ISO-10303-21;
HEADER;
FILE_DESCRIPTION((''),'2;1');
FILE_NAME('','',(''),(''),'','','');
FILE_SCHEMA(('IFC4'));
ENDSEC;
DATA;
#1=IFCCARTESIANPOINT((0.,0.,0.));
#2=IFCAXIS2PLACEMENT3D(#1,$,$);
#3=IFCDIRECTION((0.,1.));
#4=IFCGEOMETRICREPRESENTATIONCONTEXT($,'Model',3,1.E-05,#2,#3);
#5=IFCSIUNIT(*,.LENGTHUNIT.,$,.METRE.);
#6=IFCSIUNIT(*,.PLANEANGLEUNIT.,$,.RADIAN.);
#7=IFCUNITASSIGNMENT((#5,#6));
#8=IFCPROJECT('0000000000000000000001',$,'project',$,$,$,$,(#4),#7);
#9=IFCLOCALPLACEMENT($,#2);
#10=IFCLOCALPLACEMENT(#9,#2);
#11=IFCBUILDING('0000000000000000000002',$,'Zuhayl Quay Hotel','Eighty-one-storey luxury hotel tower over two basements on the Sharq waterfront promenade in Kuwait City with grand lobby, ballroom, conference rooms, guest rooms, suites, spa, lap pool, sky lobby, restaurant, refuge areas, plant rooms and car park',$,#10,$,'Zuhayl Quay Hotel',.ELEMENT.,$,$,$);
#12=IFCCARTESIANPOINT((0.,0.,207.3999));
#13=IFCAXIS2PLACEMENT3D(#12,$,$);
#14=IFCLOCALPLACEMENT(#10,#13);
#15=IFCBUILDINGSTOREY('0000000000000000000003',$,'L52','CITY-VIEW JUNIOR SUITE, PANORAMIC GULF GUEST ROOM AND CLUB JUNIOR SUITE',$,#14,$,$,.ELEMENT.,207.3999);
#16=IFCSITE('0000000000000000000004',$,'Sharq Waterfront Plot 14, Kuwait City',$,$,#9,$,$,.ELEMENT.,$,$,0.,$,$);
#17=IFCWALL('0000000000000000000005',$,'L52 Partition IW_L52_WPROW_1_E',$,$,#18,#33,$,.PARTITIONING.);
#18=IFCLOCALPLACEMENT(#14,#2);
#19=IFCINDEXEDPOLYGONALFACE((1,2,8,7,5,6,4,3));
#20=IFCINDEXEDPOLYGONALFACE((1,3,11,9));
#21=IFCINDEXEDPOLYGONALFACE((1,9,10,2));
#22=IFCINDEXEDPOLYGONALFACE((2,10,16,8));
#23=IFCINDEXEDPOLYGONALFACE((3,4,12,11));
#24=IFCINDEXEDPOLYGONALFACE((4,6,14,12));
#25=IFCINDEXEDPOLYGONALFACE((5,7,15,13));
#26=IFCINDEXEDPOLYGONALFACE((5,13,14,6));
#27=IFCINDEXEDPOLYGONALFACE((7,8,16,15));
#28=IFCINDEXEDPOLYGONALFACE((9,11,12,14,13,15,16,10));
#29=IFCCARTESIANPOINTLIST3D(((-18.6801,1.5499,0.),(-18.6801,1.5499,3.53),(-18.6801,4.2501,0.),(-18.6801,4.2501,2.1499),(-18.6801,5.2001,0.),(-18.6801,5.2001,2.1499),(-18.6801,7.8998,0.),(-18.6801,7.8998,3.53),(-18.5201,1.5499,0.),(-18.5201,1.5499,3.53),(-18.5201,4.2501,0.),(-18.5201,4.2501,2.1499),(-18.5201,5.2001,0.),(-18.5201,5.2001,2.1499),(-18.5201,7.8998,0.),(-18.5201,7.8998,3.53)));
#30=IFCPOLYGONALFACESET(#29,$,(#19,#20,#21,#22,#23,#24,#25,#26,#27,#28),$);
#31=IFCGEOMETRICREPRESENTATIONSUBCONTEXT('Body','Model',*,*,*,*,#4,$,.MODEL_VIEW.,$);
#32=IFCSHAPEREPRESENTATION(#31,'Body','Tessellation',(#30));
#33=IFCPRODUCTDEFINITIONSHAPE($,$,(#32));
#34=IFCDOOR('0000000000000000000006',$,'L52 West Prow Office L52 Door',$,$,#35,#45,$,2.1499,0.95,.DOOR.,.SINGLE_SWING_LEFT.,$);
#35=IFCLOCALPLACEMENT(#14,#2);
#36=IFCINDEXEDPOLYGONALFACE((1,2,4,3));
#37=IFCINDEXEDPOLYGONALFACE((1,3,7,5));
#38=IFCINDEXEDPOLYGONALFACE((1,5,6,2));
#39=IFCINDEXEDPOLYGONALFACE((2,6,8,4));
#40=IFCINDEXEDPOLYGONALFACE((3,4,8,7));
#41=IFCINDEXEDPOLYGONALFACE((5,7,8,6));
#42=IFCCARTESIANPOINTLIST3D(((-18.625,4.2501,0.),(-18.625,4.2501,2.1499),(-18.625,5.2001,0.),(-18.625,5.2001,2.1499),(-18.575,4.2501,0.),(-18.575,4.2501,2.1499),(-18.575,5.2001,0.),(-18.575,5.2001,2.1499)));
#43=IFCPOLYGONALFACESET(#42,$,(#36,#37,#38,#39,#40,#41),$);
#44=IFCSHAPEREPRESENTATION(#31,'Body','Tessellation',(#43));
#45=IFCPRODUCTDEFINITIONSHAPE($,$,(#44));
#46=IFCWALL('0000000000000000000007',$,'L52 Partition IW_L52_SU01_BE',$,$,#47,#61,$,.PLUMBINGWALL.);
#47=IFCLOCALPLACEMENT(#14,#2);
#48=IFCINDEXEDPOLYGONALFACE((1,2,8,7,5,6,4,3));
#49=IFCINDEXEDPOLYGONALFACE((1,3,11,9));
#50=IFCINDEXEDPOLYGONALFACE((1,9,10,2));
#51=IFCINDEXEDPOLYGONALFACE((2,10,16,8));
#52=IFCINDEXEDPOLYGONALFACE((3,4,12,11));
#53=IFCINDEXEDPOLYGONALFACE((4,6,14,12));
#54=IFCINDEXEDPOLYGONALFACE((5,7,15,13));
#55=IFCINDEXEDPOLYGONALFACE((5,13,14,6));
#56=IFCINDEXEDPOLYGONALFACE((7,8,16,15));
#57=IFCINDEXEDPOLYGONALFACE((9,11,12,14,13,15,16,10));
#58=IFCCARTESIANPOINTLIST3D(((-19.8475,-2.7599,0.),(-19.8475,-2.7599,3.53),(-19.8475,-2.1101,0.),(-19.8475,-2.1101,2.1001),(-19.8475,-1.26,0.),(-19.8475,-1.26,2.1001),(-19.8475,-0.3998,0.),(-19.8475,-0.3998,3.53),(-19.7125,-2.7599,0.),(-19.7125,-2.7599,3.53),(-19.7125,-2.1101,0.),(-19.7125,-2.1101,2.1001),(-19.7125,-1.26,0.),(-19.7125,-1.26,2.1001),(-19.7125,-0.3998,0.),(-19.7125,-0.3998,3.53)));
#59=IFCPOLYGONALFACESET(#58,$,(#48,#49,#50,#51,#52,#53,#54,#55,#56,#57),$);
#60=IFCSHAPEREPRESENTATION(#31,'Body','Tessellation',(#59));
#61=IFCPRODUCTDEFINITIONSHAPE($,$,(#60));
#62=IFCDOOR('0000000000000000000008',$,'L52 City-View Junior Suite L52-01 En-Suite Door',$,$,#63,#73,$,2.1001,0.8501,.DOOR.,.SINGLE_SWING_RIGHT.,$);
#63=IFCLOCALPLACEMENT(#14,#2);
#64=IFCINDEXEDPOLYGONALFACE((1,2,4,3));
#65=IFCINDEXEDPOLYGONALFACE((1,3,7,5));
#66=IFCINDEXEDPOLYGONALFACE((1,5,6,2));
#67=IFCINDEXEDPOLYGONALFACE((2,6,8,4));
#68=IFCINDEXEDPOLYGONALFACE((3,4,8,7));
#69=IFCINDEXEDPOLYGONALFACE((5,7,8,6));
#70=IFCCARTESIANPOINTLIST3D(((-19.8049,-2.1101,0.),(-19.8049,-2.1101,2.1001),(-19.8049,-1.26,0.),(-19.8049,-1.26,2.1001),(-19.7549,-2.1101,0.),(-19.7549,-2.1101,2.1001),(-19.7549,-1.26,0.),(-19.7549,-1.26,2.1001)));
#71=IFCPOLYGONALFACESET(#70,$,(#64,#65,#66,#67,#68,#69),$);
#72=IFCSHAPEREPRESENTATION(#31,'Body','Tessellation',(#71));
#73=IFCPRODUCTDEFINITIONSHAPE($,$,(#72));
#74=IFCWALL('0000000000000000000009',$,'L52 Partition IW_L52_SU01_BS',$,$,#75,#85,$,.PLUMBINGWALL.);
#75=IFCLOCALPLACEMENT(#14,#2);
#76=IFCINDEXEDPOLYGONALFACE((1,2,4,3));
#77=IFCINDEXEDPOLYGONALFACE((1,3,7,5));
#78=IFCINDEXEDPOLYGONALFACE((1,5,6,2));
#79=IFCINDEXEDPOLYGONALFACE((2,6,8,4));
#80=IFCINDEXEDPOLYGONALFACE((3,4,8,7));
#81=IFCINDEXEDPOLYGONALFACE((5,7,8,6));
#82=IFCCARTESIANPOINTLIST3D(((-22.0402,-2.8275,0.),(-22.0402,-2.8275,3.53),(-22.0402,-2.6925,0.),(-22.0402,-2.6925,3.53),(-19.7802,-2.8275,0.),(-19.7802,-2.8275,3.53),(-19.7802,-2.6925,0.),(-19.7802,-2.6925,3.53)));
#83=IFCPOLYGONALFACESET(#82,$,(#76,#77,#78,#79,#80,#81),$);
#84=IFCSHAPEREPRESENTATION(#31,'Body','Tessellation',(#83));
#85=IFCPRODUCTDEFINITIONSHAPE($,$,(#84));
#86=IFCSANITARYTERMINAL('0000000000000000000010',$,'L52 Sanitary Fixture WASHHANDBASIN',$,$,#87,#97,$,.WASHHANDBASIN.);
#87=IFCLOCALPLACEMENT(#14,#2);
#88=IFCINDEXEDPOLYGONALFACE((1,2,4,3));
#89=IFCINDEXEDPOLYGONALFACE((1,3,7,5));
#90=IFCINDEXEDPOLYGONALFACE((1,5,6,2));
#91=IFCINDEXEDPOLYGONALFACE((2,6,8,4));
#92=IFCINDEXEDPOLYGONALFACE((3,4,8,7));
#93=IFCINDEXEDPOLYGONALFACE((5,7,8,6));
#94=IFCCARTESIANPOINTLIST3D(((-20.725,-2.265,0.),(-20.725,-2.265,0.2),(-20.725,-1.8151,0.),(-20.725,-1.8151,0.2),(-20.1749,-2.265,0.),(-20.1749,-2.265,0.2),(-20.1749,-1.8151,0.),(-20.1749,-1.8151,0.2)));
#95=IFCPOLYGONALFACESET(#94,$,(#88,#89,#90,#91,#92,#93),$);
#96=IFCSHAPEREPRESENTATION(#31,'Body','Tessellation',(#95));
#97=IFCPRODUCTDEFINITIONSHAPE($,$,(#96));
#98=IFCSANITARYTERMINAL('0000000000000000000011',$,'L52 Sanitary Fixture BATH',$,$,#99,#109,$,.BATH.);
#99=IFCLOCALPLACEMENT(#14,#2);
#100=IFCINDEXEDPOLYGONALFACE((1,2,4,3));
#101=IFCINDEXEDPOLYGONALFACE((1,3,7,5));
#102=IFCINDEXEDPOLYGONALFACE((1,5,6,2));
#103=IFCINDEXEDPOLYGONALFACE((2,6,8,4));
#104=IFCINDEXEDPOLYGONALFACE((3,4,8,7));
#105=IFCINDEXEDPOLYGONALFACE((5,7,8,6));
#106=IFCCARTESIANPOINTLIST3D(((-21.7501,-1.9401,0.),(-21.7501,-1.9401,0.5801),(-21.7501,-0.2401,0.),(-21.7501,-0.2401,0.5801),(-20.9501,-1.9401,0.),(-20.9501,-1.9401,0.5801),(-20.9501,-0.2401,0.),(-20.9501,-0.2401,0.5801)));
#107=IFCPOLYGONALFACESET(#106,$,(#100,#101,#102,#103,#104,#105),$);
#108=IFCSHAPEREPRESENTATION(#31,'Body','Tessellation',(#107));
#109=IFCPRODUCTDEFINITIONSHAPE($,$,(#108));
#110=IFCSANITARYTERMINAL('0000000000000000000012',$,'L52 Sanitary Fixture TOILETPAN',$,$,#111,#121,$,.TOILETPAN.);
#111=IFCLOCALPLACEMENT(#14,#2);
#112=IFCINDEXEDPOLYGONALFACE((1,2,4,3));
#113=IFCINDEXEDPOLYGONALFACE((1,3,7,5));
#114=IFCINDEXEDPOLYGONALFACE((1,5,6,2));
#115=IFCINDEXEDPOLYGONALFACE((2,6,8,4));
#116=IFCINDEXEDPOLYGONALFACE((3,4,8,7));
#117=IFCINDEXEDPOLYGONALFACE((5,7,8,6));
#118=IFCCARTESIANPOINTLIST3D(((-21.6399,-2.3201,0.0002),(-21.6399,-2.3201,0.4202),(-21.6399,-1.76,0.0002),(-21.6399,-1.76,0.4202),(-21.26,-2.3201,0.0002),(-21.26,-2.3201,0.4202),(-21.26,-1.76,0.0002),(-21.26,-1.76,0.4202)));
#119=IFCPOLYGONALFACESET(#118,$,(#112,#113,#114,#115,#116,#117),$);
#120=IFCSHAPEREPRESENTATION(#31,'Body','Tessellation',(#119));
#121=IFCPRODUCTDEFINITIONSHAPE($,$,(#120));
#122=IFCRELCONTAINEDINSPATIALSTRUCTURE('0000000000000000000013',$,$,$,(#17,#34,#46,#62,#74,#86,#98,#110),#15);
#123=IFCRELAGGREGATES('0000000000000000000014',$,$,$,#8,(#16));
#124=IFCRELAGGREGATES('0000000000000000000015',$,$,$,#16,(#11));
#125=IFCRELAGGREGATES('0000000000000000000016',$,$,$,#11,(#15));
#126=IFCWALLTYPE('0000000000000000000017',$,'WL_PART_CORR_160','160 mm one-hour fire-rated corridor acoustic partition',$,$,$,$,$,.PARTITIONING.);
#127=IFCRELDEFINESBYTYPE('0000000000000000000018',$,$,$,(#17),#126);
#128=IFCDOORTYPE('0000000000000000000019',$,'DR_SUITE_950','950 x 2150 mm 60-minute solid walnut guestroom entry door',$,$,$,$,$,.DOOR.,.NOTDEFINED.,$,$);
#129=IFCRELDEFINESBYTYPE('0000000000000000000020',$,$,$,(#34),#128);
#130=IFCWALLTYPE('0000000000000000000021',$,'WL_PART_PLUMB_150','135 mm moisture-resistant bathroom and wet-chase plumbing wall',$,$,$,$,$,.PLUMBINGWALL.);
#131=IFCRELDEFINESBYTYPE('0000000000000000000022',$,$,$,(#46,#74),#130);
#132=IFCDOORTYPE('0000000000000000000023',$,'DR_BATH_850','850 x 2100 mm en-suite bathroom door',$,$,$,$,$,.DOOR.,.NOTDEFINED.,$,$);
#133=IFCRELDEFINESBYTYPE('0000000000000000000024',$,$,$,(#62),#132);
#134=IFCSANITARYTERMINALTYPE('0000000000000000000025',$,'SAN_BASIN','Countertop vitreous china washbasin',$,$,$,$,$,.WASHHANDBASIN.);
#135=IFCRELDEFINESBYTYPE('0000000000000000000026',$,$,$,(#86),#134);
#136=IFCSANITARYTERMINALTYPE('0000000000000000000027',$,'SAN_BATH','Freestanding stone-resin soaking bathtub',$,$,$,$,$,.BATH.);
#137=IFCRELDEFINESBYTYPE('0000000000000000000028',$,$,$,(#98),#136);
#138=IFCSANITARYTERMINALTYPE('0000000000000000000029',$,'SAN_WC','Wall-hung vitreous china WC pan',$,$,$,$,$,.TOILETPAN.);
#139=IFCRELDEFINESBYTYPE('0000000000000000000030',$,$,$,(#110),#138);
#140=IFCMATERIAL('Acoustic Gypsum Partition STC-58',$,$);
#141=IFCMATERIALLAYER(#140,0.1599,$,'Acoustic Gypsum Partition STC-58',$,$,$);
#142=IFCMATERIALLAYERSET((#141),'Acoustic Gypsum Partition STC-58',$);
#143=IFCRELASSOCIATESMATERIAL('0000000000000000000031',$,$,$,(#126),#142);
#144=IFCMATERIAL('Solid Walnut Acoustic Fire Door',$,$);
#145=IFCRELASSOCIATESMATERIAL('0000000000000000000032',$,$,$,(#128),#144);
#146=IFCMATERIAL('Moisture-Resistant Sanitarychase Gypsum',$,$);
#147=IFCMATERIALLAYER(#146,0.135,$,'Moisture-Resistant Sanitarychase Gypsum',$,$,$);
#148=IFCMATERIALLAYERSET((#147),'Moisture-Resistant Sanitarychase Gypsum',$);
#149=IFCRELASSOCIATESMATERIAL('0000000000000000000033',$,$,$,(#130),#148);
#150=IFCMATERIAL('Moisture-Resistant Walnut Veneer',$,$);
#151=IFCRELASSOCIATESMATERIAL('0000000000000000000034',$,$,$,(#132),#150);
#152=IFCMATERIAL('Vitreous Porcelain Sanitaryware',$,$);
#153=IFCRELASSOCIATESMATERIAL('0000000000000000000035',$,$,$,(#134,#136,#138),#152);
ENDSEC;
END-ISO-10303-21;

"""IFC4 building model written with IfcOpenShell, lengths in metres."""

from ifc_helpers import new_model, si_unit, direction, frame, frame_2d, origin, origin_2d, place, context, subcontext, project, spatial, rectangle, extrude, material, layer, layer_set, type_object, element, fill, save


model = new_model("IFC4")

# Units and contexts
model_context = context("Model", 3, precision=1e-05, world=origin(), true_north=direction((0.0, 1.0)))
body_context = subcontext(model_context, "Body", "Model", "MODEL_VIEW")
ifc_project = project(units=[si_unit("LENGTHUNIT", "METRE"), si_unit("PLANEANGLEUNIT", "RADIAN")], contexts=[model_context])

# Site, building, storey
site_placement = place(None, origin())
site = spatial("IfcSite", under=ifc_project, at=site_placement, Name="Sharq Waterfront Plot 14, Kuwait City", CompositionType="ELEMENT", RefElevation=0.0)
building_placement = place(site_placement, origin())
building = spatial("IfcBuilding", under=site, at=building_placement, Name="Zuhayl Quay Hotel", Description="Eighty-one-storey luxury hotel tower over two basements on the Sharq waterfront promenade in Kuwait City with grand lobby, ballroom, conference rooms, guest rooms, suites, spa, lap pool, sky lobby, restaurant, refuge areas, plant rooms and car park", LongName="Zuhayl Quay Hotel", CompositionType="ELEMENT")
storey_placement = place(building_placement, frame((0.0, 0.0, 207.3999)))
storey = spatial("IfcBuildingStorey", under=building, at=storey_placement, Name="L52", Description="CITY-VIEW JUNIOR SUITE, PANORAMIC GULF GUEST ROOM AND CLUB JUNIOR SUITE", CompositionType="ELEMENT", Elevation=207.3999)

# Shared definitions
ifc_material_1 = material(Name="Acoustic Gypsum Partition STC-58")

# Walls, openings, doors
ifc_layer_1 = layer(ifc_material_1, 0.1599, Name="Acoustic Gypsum Partition STC-58")
ifc_layer_set_1 = layer_set([ifc_layer_1], Name="Acoustic Gypsum Partition STC-58")
wall_type_1 = type_object("IfcWallType", Name="WL_PART_CORR_160", Description="160 mm one-hour fire-rated corridor acoustic partition", PredefinedType="PARTITIONING", material=ifc_layer_set_1)
ifc_material_2 = material(Name="Solid Walnut Acoustic Fire Door")
wall_1_placement = place(storey_placement, frame((-18.6001, 1.55, 0.0), z_axis=(0.0, 0.0, 1.0), x_axis=(0.0, 1.0, 0.0)))
wall_1 = element("IfcWall", 1, at=wall_1_placement, inside=storey, type_object=wall_type_1, Name="L52 Partition IW_L52_WPROW_1_E", PredefinedType="PARTITIONING", context=body_context, shape_type="SweptSolid", body=[
    extrude(rectangle(XDim=6.3499, YDim=0.1599, at=frame_2d((3.1748, 0.0))), origin(), (0.0, 0.0, 1.0), 3.53),
])
opening_1_placement = place(wall_1_placement, frame((2.7, 0.0, 0.0)))
opening_1 = element("IfcOpeningElement", 2, at=opening_1_placement, cuts=wall_1, PredefinedType="OPENING", context=body_context, shape_type="SweptSolid", body=[
    extrude(rectangle(XDim=0.95, YDim=2.1499, at=frame_2d((0.4751, 1.075))), frame((0.0, 0.0898, 0.0), z_axis=(0.0, -1.0, 0.0), x_axis=(1.0, 0.0, 0.0)), (0.0, 0.0, 1.0), 0.1799),
])
door_type_1 = type_object("IfcDoorType", Name="DR_SUITE_950", Description="950 x 2150 mm 60-minute solid walnut guestroom entry door", OperationType="NOTDEFINED", PredefinedType="DOOR", material=ifc_material_2)
door_1_placement = place(opening_1_placement, origin())
door_1 = element("IfcDoor", 3, at=door_1_placement, inside=storey, type_object=door_type_1, Name="L52 West Prow Office L52 Door", OperationType="SINGLE_SWING_LEFT", OverallHeight=2.1499, OverallWidth=0.95, PredefinedType="DOOR", context=body_context, shape_type="SweptSolid", body=[
    extrude(rectangle(XDim=0.95, YDim=2.1499, at=frame_2d((0.4751, 1.075))), frame((0.0, 0.0249, 0.0), z_axis=(0.0, -1.0, 0.0), x_axis=(1.0, 0.0, 0.0)), (0.0, 0.0, 1.0), 0.05),
])
fill(opening_1, door_1)
ifc_material_3 = material(Name="Moisture-Resistant Sanitarychase Gypsum")
ifc_layer_2 = layer(ifc_material_3, 0.135, Name="Moisture-Resistant Sanitarychase Gypsum")
ifc_layer_set_2 = layer_set([ifc_layer_2], Name="Moisture-Resistant Sanitarychase Gypsum")
wall_type_2 = type_object("IfcWallType", Name="WL_PART_PLUMB_150", Description="135 mm moisture-resistant bathroom and wet-chase plumbing wall", PredefinedType="PLUMBINGWALL", material=ifc_layer_set_2)
wall_2_placement = place(storey_placement, frame((-19.78, -2.76, 0.0), z_axis=(0.0, 0.0, 1.0), x_axis=(0.0, 1.0, 0.0)))
wall_2 = element("IfcWall", 4, at=wall_2_placement, inside=storey, type_object=wall_type_2, Name="L52 Partition IW_L52_SU01_BE", PredefinedType="PLUMBINGWALL", context=body_context, shape_type="SweptSolid", body=[
    extrude(rectangle(XDim=2.3601, YDim=0.135, at=frame_2d((1.1802, 0.0))), origin(), (0.0, 0.0, 1.0), 3.53),
])
opening_2_placement = place(wall_2_placement, frame((0.6499, 0.0, 0.0)))
opening_2 = element("IfcOpeningElement", 5, at=opening_2_placement, cuts=wall_2, PredefinedType="OPENING", context=body_context, shape_type="SweptSolid", body=[
    extrude(rectangle(XDim=0.8501, YDim=2.1001, at=frame_2d((0.425, 1.05))), frame((0.0, 0.0774, 0.0), z_axis=(0.0, -1.0, 0.0), x_axis=(1.0, 0.0, 0.0)), (0.0, 0.0, 1.0), 0.155),
])
ifc_material_4 = material(Name="Moisture-Resistant Walnut Veneer")
door_type_2 = type_object("IfcDoorType", Name="DR_BATH_850", Description="850 x 2100 mm en-suite bathroom door", OperationType="NOTDEFINED", PredefinedType="DOOR", material=ifc_material_4)
door_2_placement = place(opening_2_placement, origin())
door_2 = element("IfcDoor", 6, at=door_2_placement, inside=storey, type_object=door_type_2, Name="L52 City-View Junior Suite L52-01 En-Suite Door", OperationType="SINGLE_SWING_RIGHT", OverallHeight=2.1001, OverallWidth=0.8501, PredefinedType="DOOR", context=body_context, shape_type="SweptSolid", body=[
    extrude(rectangle(XDim=0.8501, YDim=2.1001, at=frame_2d((0.425, 1.05))), frame((0.0, 0.0249, 0.0), z_axis=(0.0, -1.0, 0.0), x_axis=(1.0, 0.0, 0.0)), (0.0, 0.0, 1.0), 0.05),
])
fill(opening_2, door_2)

# Wall
wall_3_placement = place(storey_placement, frame((-22.04, -2.76, 0.0), z_axis=(0.0, 0.0, 1.0), x_axis=(1.0, 0.0, 0.0)))
element("IfcWall", 7, at=wall_3_placement, inside=storey, type_object=wall_type_2, Name="L52 Partition IW_L52_SU01_BS", PredefinedType="PLUMBINGWALL", context=body_context, shape_type="SweptSolid", body=[
    extrude(rectangle(XDim=2.26, YDim=0.135, at=frame_2d((1.1299, 0.0))), origin(), (0.0, 0.0, 1.0), 3.53),
])

# Sanitary terminals
ifc_material_5 = material(Name="Vitreous Porcelain Sanitaryware")
sanitary_terminal_type_1 = type_object("IfcSanitaryTerminalType", Name="SAN_BASIN", Description="Countertop vitreous china washbasin", PredefinedType="WASHHANDBASIN", material=ifc_material_5)
sanitary_terminal_1_placement = place(storey_placement, frame((-20.45, -2.04, 0.0), z_axis=(0.0, 0.0, 1.0), x_axis=(1.0, 0.0, 0.0)))
element("IfcSanitaryTerminal", 8, at=sanitary_terminal_1_placement, inside=storey, type_object=sanitary_terminal_type_1, Name="L52 Sanitary Fixture WASHHANDBASIN", PredefinedType="WASHHANDBASIN", context=body_context, shape_type="SweptSolid", body=[
    extrude(rectangle(XDim=0.55, YDim=0.45, at=origin_2d()), origin(), (0.0, 0.0, 1.0), 0.2),
])
sanitary_terminal_type_2 = type_object("IfcSanitaryTerminalType", Name="SAN_BATH", Description="Freestanding stone-resin soaking bathtub", PredefinedType="BATH", material=ifc_material_5)
sanitary_terminal_2_placement = place(storey_placement, frame((-21.3501, -1.0901, 0.0), z_axis=(0.0, 0.0, 1.0), x_axis=(1.0, 0.0, 0.0)))
element("IfcSanitaryTerminal", 9, at=sanitary_terminal_2_placement, inside=storey, type_object=sanitary_terminal_type_2, Name="L52 Sanitary Fixture BATH", PredefinedType="BATH", context=body_context, shape_type="SweptSolid", body=[
    extrude(rectangle(XDim=0.8, YDim=1.7, at=origin_2d()), origin(), (0.0, 0.0, 1.0), 0.5801),
])
sanitary_terminal_type_3 = type_object("IfcSanitaryTerminalType", Name="SAN_WC", Description="Wall-hung vitreous china WC pan", PredefinedType="TOILETPAN", material=ifc_material_5)
sanitary_terminal_3_placement = place(storey_placement, frame((-21.45, -2.04, 0.0002), z_axis=(0.0, 0.0, 1.0), x_axis=(1.0, 0.0, 0.0)))
element("IfcSanitaryTerminal", 10, at=sanitary_terminal_3_placement, inside=storey, type_object=sanitary_terminal_type_3, Name="L52 Sanitary Fixture TOILETPAN", PredefinedType="TOILETPAN", context=body_context, shape_type="SweptSolid", body=[
    extrude(rectangle(XDim=0.3799, YDim=0.5601, at=origin_2d()), origin(), (0.0, 0.0, 1.0), 0.4199),
])

save(model, "model.ifc")
